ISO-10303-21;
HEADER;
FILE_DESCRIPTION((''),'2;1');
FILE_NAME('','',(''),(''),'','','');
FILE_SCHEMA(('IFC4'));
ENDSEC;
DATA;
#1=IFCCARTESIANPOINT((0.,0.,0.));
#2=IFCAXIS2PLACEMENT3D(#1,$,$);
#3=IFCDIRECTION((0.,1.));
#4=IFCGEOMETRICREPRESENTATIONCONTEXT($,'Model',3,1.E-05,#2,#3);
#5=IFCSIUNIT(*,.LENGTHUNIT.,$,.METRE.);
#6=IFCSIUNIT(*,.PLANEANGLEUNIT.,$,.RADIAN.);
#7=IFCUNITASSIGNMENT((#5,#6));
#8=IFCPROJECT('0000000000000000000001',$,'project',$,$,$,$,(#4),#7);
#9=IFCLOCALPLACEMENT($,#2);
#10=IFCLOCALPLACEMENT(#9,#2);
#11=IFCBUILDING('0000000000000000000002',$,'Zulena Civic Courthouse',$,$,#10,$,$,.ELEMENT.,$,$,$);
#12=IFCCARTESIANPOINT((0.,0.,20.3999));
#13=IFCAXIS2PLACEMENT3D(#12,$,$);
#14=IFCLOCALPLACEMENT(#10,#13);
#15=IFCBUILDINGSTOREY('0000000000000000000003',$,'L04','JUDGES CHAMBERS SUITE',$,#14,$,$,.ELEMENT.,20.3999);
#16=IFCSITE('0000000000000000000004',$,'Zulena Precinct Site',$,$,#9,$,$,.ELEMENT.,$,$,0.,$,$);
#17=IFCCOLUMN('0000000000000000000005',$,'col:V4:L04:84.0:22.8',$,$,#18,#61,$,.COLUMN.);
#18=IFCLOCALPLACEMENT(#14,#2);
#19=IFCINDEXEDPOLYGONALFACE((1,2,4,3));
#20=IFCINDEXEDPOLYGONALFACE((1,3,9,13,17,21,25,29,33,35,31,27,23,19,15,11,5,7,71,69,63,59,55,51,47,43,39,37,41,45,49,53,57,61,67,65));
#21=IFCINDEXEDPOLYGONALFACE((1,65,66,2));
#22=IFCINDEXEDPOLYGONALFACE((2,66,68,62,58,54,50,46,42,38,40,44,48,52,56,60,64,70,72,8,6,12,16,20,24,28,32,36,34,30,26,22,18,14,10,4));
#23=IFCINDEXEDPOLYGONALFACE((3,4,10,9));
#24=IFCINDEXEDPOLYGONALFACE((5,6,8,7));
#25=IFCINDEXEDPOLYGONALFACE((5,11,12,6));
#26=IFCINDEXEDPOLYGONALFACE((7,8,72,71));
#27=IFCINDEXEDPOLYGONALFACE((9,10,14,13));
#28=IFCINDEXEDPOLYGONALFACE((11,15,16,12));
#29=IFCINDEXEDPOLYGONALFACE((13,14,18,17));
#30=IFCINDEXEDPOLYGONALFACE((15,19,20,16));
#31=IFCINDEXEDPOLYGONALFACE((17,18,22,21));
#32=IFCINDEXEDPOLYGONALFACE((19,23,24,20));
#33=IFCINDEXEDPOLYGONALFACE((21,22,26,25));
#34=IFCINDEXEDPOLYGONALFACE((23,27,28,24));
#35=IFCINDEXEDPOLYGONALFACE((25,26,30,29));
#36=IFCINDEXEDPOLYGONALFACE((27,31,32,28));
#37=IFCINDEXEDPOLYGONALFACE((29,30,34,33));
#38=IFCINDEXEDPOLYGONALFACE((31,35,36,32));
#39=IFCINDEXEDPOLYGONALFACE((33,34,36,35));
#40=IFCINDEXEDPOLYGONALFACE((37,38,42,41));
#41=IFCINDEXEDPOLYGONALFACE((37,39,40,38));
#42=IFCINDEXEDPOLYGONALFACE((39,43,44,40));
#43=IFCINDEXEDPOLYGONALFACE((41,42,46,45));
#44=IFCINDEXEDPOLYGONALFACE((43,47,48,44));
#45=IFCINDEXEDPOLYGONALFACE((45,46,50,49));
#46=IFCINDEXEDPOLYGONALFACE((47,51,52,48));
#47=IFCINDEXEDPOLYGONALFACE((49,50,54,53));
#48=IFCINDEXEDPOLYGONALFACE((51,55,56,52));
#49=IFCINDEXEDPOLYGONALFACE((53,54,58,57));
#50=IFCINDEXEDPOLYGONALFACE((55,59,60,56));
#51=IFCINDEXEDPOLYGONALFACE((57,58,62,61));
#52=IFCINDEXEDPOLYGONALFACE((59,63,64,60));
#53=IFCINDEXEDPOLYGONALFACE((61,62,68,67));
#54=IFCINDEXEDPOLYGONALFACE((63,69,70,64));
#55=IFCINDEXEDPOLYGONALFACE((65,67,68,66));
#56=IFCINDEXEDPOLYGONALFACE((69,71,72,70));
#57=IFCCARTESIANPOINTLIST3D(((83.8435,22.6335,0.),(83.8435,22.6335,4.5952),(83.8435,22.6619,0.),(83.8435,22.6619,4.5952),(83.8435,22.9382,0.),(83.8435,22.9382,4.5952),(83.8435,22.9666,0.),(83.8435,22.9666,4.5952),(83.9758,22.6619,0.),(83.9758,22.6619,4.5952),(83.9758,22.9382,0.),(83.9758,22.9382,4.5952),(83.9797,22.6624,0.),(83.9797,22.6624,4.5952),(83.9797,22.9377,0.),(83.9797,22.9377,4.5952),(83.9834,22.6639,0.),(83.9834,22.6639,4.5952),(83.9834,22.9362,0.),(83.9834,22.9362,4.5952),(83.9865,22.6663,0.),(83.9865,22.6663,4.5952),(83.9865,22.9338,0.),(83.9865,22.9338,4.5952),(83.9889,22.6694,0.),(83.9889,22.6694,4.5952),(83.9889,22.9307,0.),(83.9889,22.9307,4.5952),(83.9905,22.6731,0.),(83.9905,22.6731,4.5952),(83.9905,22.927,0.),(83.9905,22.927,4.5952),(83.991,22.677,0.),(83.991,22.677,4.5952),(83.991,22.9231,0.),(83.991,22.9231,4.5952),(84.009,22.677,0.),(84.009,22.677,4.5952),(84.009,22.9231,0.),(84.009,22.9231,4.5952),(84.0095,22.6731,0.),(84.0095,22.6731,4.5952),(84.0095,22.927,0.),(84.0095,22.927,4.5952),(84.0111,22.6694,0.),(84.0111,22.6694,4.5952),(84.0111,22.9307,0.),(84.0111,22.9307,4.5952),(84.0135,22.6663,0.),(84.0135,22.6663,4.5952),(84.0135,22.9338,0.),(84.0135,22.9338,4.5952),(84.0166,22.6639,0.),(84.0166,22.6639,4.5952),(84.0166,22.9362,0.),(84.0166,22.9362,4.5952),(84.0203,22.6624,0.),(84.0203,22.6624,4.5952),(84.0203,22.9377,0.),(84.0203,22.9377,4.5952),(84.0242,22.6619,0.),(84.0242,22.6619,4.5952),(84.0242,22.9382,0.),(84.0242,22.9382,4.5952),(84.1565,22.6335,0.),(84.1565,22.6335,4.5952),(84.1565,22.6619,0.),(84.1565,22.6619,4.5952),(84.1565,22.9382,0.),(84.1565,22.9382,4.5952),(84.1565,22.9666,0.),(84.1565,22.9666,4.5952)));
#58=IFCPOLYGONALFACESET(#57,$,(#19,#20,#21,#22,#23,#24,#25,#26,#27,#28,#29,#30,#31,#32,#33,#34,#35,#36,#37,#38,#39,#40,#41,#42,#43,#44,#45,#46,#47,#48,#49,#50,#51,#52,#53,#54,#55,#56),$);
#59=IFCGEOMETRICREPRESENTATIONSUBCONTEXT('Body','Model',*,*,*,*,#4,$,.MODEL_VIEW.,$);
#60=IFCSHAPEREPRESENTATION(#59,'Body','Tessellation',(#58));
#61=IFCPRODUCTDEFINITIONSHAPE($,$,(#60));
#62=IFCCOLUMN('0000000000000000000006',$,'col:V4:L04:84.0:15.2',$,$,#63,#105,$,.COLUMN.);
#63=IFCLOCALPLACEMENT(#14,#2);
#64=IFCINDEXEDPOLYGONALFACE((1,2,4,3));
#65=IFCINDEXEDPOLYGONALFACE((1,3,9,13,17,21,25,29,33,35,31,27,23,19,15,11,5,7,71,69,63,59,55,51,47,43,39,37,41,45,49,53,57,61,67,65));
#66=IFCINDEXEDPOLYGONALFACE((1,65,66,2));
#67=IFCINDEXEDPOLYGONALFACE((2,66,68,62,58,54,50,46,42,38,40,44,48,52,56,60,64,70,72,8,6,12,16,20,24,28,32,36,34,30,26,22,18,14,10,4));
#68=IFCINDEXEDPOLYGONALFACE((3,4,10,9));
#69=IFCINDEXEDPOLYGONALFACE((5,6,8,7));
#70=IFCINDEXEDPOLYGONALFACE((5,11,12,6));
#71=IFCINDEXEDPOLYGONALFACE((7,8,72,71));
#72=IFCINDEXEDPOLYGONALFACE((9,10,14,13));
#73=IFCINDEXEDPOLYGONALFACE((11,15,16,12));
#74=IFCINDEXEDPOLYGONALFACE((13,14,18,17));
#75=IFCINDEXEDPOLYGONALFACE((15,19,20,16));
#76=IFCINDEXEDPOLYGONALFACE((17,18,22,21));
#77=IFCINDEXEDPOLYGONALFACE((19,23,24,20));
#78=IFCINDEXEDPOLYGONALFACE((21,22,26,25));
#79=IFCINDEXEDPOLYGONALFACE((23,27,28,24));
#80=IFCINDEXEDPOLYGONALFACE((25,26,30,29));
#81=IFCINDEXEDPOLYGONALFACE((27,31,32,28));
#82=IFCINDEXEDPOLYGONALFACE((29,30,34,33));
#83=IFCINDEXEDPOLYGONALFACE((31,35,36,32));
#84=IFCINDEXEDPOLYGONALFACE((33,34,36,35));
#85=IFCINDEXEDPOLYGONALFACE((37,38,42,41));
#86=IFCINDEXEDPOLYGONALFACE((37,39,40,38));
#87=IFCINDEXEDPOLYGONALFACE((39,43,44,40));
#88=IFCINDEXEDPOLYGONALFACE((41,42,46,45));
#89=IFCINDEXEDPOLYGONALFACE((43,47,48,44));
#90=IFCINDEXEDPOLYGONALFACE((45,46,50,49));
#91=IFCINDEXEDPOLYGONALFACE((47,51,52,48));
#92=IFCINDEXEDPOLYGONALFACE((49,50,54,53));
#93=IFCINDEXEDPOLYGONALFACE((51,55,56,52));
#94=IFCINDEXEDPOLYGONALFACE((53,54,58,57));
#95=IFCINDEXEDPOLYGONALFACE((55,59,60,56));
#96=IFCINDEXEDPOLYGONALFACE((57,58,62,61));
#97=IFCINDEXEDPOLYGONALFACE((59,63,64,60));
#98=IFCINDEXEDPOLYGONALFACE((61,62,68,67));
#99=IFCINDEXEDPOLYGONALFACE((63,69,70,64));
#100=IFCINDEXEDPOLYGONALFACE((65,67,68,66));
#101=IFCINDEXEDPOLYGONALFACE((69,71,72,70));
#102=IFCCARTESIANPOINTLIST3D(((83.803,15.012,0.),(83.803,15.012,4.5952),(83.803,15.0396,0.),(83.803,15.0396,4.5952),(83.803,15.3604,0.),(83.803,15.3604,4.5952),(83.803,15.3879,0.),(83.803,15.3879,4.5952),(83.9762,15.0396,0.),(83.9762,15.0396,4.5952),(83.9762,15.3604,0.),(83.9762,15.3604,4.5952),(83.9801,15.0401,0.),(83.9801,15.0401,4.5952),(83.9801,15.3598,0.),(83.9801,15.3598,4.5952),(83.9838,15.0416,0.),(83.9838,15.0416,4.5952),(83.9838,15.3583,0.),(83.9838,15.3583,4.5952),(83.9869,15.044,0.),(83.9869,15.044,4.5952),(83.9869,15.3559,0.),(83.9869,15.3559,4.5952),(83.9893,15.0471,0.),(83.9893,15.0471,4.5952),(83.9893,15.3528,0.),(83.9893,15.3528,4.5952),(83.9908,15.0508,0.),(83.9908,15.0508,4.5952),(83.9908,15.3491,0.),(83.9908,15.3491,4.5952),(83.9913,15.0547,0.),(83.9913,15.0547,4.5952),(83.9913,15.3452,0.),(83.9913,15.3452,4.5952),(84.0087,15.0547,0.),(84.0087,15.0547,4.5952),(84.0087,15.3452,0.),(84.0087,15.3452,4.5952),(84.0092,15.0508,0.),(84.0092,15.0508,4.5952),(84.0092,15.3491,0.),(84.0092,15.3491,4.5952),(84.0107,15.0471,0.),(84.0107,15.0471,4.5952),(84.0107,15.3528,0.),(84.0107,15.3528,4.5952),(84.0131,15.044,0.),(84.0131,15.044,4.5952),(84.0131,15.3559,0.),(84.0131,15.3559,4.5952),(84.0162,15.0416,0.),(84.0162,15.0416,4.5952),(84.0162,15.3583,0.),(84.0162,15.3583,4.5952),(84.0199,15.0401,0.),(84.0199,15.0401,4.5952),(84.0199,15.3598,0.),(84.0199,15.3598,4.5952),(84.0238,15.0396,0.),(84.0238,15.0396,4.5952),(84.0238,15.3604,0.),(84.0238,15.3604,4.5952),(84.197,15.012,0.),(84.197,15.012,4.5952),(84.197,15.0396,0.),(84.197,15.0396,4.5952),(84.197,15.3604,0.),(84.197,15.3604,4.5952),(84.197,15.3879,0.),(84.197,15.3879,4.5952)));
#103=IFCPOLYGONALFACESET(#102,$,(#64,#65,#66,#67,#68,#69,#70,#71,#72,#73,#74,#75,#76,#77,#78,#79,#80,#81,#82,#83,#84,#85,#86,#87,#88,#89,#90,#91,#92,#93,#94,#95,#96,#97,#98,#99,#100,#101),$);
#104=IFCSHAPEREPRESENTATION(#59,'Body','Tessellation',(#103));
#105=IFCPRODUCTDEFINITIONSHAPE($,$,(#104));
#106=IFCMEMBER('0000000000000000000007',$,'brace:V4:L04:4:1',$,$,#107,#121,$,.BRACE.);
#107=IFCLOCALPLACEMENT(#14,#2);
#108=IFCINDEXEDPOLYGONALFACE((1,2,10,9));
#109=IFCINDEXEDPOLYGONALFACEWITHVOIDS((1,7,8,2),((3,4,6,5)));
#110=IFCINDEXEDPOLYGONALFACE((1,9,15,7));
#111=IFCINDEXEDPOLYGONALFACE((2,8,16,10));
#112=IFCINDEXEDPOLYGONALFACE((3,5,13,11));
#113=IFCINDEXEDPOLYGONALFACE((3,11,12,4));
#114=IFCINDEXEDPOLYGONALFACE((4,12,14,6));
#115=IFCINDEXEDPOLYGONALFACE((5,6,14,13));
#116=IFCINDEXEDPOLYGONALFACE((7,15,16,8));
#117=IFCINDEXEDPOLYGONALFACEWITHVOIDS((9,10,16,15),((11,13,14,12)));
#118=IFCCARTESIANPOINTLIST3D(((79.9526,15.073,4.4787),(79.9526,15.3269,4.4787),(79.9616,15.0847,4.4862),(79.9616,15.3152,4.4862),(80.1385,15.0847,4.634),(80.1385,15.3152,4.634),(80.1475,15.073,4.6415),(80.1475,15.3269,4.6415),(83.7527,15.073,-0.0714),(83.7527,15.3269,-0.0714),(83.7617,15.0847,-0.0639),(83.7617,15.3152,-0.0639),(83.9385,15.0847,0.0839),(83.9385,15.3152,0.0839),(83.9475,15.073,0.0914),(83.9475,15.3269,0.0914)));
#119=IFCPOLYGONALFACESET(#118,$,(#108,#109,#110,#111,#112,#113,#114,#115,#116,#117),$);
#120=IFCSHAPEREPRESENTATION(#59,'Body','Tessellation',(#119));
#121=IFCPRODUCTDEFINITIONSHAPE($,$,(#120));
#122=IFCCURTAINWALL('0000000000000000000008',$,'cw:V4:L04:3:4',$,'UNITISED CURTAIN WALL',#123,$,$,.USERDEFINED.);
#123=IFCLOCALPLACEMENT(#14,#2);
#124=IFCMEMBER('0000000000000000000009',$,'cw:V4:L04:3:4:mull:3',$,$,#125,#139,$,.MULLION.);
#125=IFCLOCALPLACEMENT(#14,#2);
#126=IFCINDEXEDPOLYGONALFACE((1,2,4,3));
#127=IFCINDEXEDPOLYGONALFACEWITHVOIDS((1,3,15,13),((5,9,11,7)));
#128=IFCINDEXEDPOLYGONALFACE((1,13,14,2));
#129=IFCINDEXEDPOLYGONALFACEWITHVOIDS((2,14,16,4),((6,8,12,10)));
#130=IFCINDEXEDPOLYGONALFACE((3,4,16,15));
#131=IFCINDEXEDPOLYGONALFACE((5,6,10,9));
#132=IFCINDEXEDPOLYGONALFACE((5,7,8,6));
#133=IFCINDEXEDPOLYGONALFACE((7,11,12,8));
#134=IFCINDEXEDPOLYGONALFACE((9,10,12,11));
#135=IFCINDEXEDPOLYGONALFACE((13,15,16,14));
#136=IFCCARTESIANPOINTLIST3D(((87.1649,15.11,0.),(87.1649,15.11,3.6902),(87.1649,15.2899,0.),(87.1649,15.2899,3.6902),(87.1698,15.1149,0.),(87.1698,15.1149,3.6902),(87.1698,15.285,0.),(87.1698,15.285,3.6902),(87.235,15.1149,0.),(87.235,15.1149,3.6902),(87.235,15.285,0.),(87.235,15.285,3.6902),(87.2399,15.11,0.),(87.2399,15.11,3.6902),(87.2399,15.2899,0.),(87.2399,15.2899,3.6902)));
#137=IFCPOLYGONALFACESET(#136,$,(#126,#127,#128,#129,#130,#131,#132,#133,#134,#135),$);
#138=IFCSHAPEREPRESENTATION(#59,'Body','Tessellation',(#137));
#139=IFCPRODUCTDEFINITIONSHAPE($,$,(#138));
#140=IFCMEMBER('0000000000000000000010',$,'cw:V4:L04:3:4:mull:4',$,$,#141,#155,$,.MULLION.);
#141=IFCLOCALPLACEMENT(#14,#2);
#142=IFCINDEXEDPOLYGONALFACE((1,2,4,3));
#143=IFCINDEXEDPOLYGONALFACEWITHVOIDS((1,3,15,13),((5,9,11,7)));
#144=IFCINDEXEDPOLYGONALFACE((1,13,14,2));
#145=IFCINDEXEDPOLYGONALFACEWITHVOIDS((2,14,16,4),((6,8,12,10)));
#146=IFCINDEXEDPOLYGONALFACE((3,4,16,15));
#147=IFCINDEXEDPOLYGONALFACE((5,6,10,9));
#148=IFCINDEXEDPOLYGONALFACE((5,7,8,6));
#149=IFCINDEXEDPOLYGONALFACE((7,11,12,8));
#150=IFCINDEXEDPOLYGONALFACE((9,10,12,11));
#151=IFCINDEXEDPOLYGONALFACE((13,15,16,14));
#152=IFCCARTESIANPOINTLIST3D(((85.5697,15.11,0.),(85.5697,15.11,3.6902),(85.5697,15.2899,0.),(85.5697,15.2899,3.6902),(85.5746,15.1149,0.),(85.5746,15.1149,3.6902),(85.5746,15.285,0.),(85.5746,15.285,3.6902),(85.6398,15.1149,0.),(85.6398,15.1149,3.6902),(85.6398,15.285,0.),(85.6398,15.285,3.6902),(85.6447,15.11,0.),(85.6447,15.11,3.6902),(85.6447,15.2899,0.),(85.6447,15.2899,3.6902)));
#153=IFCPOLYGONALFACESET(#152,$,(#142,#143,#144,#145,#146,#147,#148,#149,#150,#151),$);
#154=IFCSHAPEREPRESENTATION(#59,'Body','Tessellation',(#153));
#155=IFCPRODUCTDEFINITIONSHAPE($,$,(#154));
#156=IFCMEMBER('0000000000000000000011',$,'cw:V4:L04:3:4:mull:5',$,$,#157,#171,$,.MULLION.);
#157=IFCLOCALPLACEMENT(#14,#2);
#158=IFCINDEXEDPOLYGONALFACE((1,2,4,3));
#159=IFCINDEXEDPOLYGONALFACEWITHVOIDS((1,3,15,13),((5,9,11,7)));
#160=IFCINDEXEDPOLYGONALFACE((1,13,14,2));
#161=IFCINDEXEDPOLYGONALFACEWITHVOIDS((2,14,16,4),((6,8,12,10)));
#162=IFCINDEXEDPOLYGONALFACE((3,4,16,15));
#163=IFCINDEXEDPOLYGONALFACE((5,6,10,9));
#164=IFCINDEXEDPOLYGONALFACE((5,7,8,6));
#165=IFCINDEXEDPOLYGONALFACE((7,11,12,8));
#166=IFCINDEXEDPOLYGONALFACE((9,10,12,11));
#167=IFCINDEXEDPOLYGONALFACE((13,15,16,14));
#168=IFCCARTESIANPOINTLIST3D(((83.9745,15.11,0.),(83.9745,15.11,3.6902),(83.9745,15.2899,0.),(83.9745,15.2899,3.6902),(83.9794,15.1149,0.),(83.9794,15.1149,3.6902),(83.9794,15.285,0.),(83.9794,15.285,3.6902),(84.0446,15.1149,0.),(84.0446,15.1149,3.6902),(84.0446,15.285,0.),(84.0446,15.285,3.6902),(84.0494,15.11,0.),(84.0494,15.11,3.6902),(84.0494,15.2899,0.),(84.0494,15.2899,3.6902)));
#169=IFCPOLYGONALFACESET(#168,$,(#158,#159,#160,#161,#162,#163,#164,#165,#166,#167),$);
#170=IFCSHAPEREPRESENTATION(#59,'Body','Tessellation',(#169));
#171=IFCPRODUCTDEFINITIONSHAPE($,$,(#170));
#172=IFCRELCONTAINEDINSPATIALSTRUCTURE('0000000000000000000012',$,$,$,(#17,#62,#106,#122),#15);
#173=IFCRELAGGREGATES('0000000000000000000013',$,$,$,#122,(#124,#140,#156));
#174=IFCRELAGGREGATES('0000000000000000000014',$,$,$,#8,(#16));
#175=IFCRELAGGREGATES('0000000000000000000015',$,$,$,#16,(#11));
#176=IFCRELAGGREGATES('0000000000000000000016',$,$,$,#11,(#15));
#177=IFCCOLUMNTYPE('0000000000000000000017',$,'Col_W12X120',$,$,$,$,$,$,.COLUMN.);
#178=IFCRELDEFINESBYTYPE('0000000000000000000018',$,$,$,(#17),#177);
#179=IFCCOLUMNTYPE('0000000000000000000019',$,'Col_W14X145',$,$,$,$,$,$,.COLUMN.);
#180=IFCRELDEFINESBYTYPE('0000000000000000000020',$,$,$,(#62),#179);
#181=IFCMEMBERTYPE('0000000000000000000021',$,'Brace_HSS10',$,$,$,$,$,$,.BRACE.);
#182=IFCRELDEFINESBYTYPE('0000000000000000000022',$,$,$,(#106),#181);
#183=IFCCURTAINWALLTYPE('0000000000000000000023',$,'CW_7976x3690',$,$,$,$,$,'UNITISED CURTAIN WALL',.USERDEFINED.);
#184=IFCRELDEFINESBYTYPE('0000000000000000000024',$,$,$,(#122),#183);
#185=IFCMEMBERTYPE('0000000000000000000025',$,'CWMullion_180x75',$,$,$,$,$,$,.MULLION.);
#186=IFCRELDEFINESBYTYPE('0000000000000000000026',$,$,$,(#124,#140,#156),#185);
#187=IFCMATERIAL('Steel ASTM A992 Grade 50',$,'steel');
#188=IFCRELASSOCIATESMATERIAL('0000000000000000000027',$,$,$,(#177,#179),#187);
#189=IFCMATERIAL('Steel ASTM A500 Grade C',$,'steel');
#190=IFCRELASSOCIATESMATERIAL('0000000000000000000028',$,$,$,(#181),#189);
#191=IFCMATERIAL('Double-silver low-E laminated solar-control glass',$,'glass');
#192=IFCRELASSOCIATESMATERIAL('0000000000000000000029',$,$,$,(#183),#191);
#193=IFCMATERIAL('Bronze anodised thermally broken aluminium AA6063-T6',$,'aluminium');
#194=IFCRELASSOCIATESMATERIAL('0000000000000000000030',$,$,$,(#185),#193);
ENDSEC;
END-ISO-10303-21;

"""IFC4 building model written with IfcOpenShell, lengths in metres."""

from ifc_helpers import new_model, si_unit, direction, frame, origin, origin_2d, place, context, subcontext, project, spatial, hollow_rectangle, i_section, extrude, material, material_profile, profile_set, type_object, element, aggregate, save


model = new_model("IFC4")

# Units and contexts
model_context = context("Model", 3, precision=1e-05, world=origin(), true_north=direction((0.0, 1.0)))
body_context = subcontext(model_context, "Body", "Model", "MODEL_VIEW")
ifc_project = project(units=[si_unit("LENGTHUNIT", "METRE"), si_unit("PLANEANGLEUNIT", "RADIAN")], contexts=[model_context])

# Site, building, storey
site_placement = place(None, origin())
site = spatial("IfcSite", under=ifc_project, at=site_placement, Name="Zulena Precinct Site", CompositionType="ELEMENT", RefElevation=0.0)
building_placement = place(site_placement, origin())
building = spatial("IfcBuilding", under=site, at=building_placement, Name="Zulena Civic Courthouse", CompositionType="ELEMENT")
storey_placement = place(building_placement, frame((0.0, 0.0, 20.3999)))
storey = spatial("IfcBuildingStorey", under=building, at=storey_placement, Name="L04", Description="JUDGES CHAMBERS SUITE", CompositionType="ELEMENT", Elevation=20.3999)

# Columns
ifc_material_1 = material(Name="Steel ASTM A992 Grade 50", Category="steel")
ifc_material_profile_1 = material_profile(ifc_material_1, i_section(OverallWidth=0.313, OverallDepth=0.333, WebThickness=0.0181, FlangeThickness=0.0283, FilletRadius=0.0151, at=origin_2d()), Name="W12X120")
ifc_profile_set_1 = profile_set([ifc_material_profile_1], Name="Steel ASTM A992 Grade 50")
column_type_1 = type_object("IfcColumnType", Name="Col_W12X120", PredefinedType="COLUMN", material=ifc_profile_set_1)
column_1_placement = place(storey_placement, frame((84.0, 22.8, 0.0), z_axis=(0.0, 0.0, 1.0), x_axis=(1.0, 0.0, 0.0)))
element("IfcColumn", 1, at=column_1_placement, inside=storey, type_object=column_type_1, Name="col:V4:L04:84.0:22.8", PredefinedType="COLUMN", context=body_context, shape_type="SweptSolid", body=[
    extrude(i_section(OverallWidth=0.313, OverallDepth=0.333, WebThickness=0.0181, FlangeThickness=0.0283, FilletRadius=0.0151, at=origin_2d()), origin(), (0.0, 0.0, 1.0), 4.5952),
])
ifc_material_profile_2 = material_profile(ifc_material_1, i_section(OverallWidth=0.394, OverallDepth=0.376, WebThickness=0.0173, FlangeThickness=0.0276, FilletRadius=0.0151, at=origin_2d()), Name="W14X145")
ifc_profile_set_2 = profile_set([ifc_material_profile_2], Name="Steel ASTM A992 Grade 50")
column_type_2 = type_object("IfcColumnType", Name="Col_W14X145", PredefinedType="COLUMN", material=ifc_profile_set_2)
column_2_placement = place(storey_placement, frame((84.0, 15.2, 0.0), z_axis=(0.0, 0.0, 1.0), x_axis=(1.0, 0.0, 0.0)))
element("IfcColumn", 2, at=column_2_placement, inside=storey, type_object=column_type_2, Name="col:V4:L04:84.0:15.2", PredefinedType="COLUMN", context=body_context, shape_type="SweptSolid", body=[
    extrude(i_section(OverallWidth=0.394, OverallDepth=0.376, WebThickness=0.0173, FlangeThickness=0.0276, FilletRadius=0.0151, at=origin_2d()), origin(), (0.0, 0.0, 1.0), 4.5952),
])

# Member
ifc_material_2 = material(Name="Steel ASTM A500 Grade C", Category="steel")
ifc_material_profile_3 = material_profile(ifc_material_2, hollow_rectangle(XDim=0.2539, YDim=0.2539, WallThickness=0.0117, at=origin_2d()), Name="HSS10X10X1/2")
ifc_profile_set_3 = profile_set([ifc_material_profile_3], Name="Steel ASTM A500 Grade C")
member_type_1 = type_object("IfcMemberType", Name="Brace_HSS10", PredefinedType="BRACE", material=ifc_profile_set_3)
member_1_placement = place(storey_placement, frame((83.8501, 15.2, 0.01), z_axis=(-0.641014, 0.0, 0.767529), x_axis=(0.0, -1.0, 0.0)))
element("IfcMember", 3, at=member_1_placement, inside=storey, type_object=member_type_1, Name="brace:V4:L04:4:1", PredefinedType="BRACE", context=body_context, shape_type="SweptSolid", body=[
    extrude(hollow_rectangle(XDim=0.2539, YDim=0.2539, WallThickness=0.0117, at=origin_2d()), origin(), (0.0, 0.0, 1.0), 5.9282),
])

# Curtain wall, members
ifc_material_3 = material(Name="Double-silver low-E laminated solar-control glass", Category="glass")
curtain_wall_type = type_object("IfcCurtainWallType", Name="CW_7976x3690", ElementType="UNITISED CURTAIN WALL", PredefinedType="USERDEFINED", material=ifc_material_3)
curtain_wall_placement = place(storey_placement, origin())
curtain_wall = element("IfcCurtainWall", 4, at=curtain_wall_placement, inside=storey, type_object=curtain_wall_type, Name="cw:V4:L04:3:4", ObjectType="UNITISED CURTAIN WALL", PredefinedType="USERDEFINED")
ifc_material_4 = material(Name="Bronze anodised thermally broken aluminium AA6063-T6", Category="aluminium")
ifc_material_profile_4 = material_profile(ifc_material_4, hollow_rectangle(XDim=0.075, YDim=0.1799, WallThickness=0.0049, at=origin_2d()), Name="CWM180X75X5")
ifc_profile_set_4 = profile_set([ifc_material_profile_4], Name="Bronze anodised thermally broken aluminium AA6063-T6")
member_type_2 = type_object("IfcMemberType", Name="CWMullion_180x75", PredefinedType="MULLION", material=ifc_profile_set_4)
member_2_placement = place(storey_placement, frame((87.2024, 15.2, 0.0), z_axis=(0.0, 0.0, 1.0), x_axis=(1.0, 0.0, 0.0)))
member_2 = element("IfcMember", 5, at=member_2_placement, type_object=member_type_2, Name="cw:V4:L04:3:4:mull:3", PredefinedType="MULLION", context=body_context, shape_type="SweptSolid", body=[
    extrude(hollow_rectangle(XDim=0.075, YDim=0.1799, WallThickness=0.0049, at=origin_2d()), origin(), (0.0, 0.0, 1.0), 3.6902),
])
member_3_placement = place(storey_placement, frame((85.6072, 15.2, 0.0), z_axis=(0.0, 0.0, 1.0), x_axis=(1.0, 0.0, 0.0)))
member_3 = element("IfcMember", 6, at=member_3_placement, type_object=member_type_2, Name="cw:V4:L04:3:4:mull:4", PredefinedType="MULLION", context=body_context, shape_type="SweptSolid", body=[
    extrude(hollow_rectangle(XDim=0.075, YDim=0.1799, WallThickness=0.0049, at=origin_2d()), origin(), (0.0, 0.0, 1.0), 3.6902),
])
member_4_placement = place(storey_placement, frame((84.012, 15.2, 0.0), z_axis=(0.0, 0.0, 1.0), x_axis=(1.0, 0.0, 0.0)))
member_4 = element("IfcMember", 7, at=member_4_placement, type_object=member_type_2, Name="cw:V4:L04:3:4:mull:5", PredefinedType="MULLION", context=body_context, shape_type="SweptSolid", body=[
    extrude(hollow_rectangle(XDim=0.075, YDim=0.1799, WallThickness=0.0049, at=origin_2d()), origin(), (0.0, 0.0, 1.0), 3.6902),
])

aggregate(curtain_wall, [member_2, member_3, member_4])

save(model, "model.ifc")
